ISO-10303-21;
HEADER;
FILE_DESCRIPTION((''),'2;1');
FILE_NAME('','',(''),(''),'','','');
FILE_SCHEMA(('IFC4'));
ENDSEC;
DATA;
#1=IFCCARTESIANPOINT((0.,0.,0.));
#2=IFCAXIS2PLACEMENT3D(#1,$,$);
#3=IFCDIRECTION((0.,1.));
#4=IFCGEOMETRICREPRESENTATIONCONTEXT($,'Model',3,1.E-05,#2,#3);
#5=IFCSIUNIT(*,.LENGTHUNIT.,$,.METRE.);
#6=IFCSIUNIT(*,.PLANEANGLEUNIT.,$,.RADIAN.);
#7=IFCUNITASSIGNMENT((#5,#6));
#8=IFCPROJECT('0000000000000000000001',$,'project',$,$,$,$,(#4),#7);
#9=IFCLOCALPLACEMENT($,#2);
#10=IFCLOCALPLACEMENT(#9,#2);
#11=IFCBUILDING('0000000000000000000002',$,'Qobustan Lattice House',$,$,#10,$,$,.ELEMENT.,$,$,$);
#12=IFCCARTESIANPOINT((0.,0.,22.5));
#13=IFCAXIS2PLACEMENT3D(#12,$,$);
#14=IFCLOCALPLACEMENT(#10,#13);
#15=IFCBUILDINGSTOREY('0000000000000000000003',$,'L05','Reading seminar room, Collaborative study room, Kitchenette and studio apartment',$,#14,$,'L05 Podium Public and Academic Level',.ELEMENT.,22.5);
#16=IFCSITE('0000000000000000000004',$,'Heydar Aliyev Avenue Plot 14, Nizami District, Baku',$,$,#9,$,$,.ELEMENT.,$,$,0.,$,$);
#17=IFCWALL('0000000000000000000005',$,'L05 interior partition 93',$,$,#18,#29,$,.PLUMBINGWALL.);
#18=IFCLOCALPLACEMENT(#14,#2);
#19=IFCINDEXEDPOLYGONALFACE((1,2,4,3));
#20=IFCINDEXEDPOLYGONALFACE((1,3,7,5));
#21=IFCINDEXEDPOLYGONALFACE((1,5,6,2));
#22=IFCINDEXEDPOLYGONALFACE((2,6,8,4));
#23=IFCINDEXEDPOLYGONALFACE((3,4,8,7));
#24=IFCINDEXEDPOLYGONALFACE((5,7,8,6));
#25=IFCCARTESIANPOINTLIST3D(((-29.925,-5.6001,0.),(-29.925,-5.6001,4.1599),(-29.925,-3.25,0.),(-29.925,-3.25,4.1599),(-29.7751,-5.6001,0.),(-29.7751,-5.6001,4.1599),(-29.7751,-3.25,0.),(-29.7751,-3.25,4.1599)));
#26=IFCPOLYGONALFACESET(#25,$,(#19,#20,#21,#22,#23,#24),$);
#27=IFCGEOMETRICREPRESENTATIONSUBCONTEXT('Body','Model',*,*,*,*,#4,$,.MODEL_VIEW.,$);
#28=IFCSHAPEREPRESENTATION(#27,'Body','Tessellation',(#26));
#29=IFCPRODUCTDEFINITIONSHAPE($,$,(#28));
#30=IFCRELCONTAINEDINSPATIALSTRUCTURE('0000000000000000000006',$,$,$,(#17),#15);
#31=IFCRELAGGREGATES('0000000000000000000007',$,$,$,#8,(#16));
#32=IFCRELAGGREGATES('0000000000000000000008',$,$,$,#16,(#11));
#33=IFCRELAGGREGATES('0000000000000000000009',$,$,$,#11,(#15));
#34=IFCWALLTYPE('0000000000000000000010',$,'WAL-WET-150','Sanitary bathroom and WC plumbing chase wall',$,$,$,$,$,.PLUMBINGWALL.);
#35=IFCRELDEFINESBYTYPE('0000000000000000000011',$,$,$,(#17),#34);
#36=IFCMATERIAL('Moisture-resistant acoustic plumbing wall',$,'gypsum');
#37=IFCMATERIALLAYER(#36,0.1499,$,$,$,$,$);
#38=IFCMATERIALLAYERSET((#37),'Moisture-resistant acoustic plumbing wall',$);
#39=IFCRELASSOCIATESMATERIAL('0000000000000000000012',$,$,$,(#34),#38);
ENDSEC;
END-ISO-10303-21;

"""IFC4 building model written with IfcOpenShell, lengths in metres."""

from ifc_helpers import new_model, si_unit, direction, frame, frame_2d, origin, place, context, subcontext, project, spatial, rectangle, extrude, material, layer, layer_set, type_object, element, save


model = new_model("IFC4")

# Units and contexts
model_context = context("Model", 3, precision=1e-05, world=origin(), true_north=direction((0.0, 1.0)))
body_context = subcontext(model_context, "Body", "Model", "MODEL_VIEW")
ifc_project = project(units=[si_unit("LENGTHUNIT", "METRE"), si_unit("PLANEANGLEUNIT", "RADIAN")], contexts=[model_context])

# Site, building, storey
site_placement = place(None, origin())
site = spatial("IfcSite", under=ifc_project, at=site_placement, Name="Heydar Aliyev Avenue Plot 14, Nizami District, Baku", CompositionType="ELEMENT", RefElevation=0.0)
building_placement = place(site_placement, origin())
building = spatial("IfcBuilding", under=site, at=building_placement, Name="Qobustan Lattice House", CompositionType="ELEMENT")
storey_placement = place(building_placement, frame((0.0, 0.0, 22.5)))
storey = spatial("IfcBuildingStorey", under=building, at=storey_placement, Name="L05", Description="Reading seminar room, Collaborative study room, Kitchenette and studio apartment", LongName="L05 Podium Public and Academic Level", CompositionType="ELEMENT", Elevation=22.5)

# Shared definitions
ifc_material_1 = material(Name="Moisture-resistant acoustic plumbing wall", Category="gypsum")
ifc_layer_1 = layer(ifc_material_1, 0.1499)
ifc_layer_set_1 = layer_set([ifc_layer_1], Name="Moisture-resistant acoustic plumbing wall")
wall_type_1 = type_object("IfcWallType", Name="WAL-WET-150", Description="Sanitary bathroom and WC plumbing chase wall", PredefinedType="PLUMBINGWALL", material=ifc_layer_set_1)

# Wall
wall_1_placement = place(storey_placement, frame((-29.8501, -5.6001, 0.0), z_axis=(0.0, 0.0, 1.0), x_axis=(0.0, 1.0, 0.0)))
element("IfcWall", 1, at=wall_1_placement, inside=storey, type_object=wall_type_1, Name="L05 interior partition 93", PredefinedType="PLUMBINGWALL", context=body_context, shape_type="SweptSolid", body=[
    extrude(rectangle(XDim=2.3501, YDim=0.1499, at=frame_2d((1.175, 0.0))), origin(), (0.0, 0.0, 1.0), 4.1599),
])

save(model, "model.ifc")
